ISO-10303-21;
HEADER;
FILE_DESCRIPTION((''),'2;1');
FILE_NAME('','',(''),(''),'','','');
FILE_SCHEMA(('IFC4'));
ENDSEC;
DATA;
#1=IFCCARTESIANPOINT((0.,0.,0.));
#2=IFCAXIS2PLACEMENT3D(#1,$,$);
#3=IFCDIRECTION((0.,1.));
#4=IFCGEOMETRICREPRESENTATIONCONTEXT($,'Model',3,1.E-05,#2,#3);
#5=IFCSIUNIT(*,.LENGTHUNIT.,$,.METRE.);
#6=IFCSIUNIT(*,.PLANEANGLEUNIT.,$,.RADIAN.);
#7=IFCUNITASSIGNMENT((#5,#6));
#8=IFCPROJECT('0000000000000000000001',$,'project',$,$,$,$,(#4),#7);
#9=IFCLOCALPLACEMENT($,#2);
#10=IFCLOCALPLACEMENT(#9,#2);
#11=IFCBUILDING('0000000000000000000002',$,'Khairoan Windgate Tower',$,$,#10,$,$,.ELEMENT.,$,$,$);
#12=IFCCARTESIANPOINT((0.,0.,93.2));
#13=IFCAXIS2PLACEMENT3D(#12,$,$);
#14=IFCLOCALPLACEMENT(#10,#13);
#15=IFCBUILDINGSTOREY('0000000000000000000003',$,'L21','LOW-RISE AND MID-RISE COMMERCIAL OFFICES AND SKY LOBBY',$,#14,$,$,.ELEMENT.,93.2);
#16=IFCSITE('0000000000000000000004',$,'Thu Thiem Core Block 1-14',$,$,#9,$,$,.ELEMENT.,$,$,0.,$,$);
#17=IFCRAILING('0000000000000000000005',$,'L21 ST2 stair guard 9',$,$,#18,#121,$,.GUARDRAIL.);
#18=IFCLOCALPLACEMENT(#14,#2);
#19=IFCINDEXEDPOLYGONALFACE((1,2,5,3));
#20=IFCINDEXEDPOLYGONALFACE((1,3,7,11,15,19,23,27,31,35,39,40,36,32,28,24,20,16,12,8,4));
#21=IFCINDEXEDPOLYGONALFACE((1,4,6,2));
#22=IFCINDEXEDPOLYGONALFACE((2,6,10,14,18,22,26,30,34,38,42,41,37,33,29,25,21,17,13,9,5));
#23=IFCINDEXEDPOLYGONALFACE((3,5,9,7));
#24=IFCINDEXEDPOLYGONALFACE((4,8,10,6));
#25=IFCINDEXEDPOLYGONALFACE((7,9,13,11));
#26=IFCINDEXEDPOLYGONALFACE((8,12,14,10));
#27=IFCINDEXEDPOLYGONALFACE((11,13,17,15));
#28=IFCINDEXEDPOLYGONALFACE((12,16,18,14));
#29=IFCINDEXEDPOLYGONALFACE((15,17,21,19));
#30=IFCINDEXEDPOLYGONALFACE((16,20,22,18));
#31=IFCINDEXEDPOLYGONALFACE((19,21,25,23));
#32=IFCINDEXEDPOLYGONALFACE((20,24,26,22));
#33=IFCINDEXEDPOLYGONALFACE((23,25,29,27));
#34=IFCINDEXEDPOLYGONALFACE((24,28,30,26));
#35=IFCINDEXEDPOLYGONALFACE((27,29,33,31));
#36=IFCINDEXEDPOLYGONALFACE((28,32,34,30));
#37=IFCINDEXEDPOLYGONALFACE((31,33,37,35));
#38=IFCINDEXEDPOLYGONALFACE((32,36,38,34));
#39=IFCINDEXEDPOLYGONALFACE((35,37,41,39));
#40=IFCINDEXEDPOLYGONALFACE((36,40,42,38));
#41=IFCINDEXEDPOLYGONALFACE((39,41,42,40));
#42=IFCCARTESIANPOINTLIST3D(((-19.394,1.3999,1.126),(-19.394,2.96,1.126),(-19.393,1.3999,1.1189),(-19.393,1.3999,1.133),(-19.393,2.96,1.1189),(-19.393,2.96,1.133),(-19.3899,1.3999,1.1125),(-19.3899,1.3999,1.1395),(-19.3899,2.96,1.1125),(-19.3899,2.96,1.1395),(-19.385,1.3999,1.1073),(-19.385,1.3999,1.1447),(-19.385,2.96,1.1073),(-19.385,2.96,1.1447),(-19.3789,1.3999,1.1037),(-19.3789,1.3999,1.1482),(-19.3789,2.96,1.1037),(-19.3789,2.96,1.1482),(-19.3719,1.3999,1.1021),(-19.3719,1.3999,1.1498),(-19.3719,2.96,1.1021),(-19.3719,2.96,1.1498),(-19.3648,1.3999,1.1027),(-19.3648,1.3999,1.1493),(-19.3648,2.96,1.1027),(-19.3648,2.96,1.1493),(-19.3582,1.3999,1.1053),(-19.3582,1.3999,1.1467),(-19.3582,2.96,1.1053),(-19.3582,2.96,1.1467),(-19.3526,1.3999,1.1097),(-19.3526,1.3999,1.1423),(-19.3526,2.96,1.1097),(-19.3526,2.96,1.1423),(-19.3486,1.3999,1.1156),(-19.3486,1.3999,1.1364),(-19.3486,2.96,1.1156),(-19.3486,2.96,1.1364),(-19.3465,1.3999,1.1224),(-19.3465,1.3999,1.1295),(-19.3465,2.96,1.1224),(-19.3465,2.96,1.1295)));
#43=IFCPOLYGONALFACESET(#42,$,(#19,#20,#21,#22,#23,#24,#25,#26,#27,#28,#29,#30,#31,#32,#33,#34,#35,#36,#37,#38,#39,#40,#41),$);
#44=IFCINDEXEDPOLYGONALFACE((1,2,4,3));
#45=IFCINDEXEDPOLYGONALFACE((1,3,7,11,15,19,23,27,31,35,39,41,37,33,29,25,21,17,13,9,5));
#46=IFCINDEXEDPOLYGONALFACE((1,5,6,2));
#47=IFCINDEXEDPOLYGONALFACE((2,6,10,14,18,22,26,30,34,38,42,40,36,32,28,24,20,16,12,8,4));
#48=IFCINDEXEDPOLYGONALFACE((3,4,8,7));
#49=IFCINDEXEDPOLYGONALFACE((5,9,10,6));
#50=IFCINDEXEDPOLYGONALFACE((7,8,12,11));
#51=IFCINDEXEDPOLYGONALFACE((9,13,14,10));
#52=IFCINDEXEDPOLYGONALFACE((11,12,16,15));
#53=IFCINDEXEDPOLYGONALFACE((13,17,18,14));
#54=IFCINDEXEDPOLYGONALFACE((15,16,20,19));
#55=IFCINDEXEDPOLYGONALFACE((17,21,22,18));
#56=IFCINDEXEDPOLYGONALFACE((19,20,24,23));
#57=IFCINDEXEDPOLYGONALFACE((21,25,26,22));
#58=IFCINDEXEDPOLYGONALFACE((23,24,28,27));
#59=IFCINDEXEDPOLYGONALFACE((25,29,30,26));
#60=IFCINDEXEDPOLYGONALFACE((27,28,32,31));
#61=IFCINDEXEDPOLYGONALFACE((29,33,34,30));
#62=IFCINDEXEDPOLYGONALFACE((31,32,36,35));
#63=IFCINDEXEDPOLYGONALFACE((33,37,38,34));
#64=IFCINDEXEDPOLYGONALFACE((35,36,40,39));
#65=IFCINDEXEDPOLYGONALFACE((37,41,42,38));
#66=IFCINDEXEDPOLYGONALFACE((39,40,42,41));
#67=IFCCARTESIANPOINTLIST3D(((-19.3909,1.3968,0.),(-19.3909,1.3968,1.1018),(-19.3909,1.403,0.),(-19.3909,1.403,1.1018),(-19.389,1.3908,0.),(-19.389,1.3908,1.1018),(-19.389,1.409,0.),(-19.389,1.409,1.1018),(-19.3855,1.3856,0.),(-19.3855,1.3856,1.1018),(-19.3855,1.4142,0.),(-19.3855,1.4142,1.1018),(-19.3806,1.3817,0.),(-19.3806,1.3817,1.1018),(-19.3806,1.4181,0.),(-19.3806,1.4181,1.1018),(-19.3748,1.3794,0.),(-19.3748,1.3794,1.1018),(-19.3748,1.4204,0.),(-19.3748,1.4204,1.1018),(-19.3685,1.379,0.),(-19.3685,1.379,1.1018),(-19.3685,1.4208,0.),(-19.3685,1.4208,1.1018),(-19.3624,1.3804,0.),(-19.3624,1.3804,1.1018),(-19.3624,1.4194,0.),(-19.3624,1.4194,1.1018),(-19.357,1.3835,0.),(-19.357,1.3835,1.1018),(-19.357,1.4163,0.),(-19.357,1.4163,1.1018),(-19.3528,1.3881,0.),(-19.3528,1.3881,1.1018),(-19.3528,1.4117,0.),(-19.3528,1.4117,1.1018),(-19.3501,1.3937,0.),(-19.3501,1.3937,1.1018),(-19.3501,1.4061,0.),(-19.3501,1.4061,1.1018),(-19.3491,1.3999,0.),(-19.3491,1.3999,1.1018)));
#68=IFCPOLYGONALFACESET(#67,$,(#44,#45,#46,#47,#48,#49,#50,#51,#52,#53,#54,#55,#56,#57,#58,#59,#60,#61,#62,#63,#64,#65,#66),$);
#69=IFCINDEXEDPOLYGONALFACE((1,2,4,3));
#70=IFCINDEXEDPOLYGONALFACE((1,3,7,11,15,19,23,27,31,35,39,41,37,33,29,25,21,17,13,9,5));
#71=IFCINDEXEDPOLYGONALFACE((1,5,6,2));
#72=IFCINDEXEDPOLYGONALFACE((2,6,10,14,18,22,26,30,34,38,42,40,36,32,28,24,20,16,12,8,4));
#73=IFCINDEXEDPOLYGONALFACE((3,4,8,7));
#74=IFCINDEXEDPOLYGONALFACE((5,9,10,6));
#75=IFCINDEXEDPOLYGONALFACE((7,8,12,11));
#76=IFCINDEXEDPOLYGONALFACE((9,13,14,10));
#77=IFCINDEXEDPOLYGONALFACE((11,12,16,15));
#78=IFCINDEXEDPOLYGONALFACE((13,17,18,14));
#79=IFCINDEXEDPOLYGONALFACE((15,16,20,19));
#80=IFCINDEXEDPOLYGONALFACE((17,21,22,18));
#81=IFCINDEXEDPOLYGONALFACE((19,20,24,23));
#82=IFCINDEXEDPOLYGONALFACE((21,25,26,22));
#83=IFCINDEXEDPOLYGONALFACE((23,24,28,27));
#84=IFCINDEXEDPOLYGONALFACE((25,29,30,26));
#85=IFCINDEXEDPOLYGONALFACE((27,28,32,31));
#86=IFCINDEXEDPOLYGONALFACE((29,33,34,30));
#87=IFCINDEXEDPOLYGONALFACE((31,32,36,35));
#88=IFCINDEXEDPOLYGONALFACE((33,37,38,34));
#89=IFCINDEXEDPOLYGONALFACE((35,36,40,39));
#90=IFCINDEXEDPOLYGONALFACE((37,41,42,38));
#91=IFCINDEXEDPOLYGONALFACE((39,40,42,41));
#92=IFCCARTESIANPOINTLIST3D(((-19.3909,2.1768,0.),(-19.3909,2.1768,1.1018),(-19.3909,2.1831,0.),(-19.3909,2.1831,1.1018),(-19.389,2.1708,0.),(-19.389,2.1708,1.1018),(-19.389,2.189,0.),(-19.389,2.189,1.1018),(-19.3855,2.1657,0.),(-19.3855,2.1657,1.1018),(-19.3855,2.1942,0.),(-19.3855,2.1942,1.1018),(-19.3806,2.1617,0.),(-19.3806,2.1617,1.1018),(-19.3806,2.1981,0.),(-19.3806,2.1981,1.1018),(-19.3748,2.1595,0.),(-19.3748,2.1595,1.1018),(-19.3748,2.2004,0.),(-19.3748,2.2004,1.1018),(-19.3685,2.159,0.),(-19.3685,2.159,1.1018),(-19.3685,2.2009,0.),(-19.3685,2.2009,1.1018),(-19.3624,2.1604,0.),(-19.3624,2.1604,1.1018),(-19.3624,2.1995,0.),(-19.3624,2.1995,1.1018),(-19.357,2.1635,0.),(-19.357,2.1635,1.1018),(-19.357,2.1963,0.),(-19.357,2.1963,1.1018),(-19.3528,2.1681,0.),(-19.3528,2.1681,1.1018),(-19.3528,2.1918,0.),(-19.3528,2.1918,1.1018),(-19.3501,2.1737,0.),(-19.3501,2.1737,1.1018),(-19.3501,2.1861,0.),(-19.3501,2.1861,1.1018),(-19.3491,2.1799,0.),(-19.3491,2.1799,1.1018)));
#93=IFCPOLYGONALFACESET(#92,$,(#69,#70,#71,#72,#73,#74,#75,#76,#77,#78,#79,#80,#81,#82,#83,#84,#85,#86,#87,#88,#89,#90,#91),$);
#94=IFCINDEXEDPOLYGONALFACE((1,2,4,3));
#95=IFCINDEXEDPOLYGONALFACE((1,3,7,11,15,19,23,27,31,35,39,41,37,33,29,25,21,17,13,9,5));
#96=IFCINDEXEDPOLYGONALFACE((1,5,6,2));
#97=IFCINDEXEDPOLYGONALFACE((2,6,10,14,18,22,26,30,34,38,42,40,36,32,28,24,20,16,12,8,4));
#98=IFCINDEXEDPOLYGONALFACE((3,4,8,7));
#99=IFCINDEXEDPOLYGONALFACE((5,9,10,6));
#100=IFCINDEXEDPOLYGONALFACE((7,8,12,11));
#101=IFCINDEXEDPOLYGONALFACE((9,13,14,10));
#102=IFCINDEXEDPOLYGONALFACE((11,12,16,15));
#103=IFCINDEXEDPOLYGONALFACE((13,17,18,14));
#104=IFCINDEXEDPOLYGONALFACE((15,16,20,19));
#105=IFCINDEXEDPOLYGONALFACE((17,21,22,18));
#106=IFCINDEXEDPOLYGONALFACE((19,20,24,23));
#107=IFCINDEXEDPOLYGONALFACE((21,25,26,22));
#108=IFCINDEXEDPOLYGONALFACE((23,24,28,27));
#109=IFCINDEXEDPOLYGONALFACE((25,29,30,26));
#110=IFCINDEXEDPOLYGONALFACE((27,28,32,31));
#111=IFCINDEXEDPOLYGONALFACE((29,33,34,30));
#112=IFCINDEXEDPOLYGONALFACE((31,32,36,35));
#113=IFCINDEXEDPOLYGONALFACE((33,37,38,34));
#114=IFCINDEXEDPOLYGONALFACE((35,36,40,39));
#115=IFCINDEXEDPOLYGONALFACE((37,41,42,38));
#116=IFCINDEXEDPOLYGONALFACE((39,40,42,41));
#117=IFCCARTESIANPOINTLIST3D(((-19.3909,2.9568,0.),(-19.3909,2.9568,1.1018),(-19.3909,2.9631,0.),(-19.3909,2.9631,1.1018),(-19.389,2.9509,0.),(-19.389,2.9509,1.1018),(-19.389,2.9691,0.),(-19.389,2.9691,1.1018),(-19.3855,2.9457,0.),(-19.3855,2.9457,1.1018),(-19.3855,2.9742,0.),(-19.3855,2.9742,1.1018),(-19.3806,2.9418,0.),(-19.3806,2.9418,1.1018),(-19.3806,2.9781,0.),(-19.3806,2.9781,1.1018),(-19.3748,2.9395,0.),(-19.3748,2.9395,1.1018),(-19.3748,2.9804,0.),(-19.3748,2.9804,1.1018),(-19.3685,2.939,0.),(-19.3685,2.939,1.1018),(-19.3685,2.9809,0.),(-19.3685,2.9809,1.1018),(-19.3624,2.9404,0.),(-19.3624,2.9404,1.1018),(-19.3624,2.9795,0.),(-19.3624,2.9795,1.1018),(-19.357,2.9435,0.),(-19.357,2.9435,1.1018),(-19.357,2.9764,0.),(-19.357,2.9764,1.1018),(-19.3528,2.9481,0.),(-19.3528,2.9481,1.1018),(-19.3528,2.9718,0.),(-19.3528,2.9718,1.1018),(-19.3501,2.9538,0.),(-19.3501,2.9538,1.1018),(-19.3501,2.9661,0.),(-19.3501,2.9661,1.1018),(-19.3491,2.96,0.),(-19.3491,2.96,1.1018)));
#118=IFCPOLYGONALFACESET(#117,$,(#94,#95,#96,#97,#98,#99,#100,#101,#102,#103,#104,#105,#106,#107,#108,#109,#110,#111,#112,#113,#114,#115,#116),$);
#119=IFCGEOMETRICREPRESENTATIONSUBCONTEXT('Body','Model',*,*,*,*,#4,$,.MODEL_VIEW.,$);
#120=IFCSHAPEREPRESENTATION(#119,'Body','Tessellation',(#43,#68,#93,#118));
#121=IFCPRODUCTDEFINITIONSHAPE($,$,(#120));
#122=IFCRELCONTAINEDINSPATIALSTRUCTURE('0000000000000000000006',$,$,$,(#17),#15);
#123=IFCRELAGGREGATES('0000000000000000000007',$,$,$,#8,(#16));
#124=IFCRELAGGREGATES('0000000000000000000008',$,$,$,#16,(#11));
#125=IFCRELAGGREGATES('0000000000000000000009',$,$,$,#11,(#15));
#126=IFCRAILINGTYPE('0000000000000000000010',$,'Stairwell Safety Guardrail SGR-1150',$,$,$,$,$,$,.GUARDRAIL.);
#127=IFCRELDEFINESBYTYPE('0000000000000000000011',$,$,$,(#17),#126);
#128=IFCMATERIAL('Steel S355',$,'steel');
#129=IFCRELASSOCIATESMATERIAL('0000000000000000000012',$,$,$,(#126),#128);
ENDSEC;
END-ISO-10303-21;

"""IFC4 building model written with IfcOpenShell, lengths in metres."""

from ifc_helpers import new_model, si_unit, direction, frame, origin, origin_2d, place, context, subcontext, project, spatial, circle, extrude, material, type_object, element, save


model = new_model("IFC4")

# Units and contexts
model_context = context("Model", 3, precision=1e-05, world=origin(), true_north=direction((0.0, 1.0)))
body_context = subcontext(model_context, "Body", "Model", "MODEL_VIEW")
ifc_project = project(units=[si_unit("LENGTHUNIT", "METRE"), si_unit("PLANEANGLEUNIT", "RADIAN")], contexts=[model_context])

# Site, building, storey
site_placement = place(None, origin())
site = spatial("IfcSite", under=ifc_project, at=site_placement, Name="Thu Thiem Core Block 1-14", CompositionType="ELEMENT", RefElevation=0.0)
building_placement = place(site_placement, origin())
building = spatial("IfcBuilding", under=site, at=building_placement, Name="Khairoan Windgate Tower", CompositionType="ELEMENT")
storey_placement = place(building_placement, frame((0.0, 0.0, 93.2)))
storey = spatial("IfcBuildingStorey", under=building, at=storey_placement, Name="L21", Description="LOW-RISE AND MID-RISE COMMERCIAL OFFICES AND SKY LOBBY", CompositionType="ELEMENT", Elevation=93.2)

# Railing
ifc_material_1 = material(Name="Steel S355", Category="steel")
railing_type_1 = type_object("IfcRailingType", Name="Stairwell Safety Guardrail SGR-1150", PredefinedType="GUARDRAIL", material=ifc_material_1)
for number, where, name in (
    (1, (-19.3701, 1.3999, 0.0), "L21 ST2 stair guard 9"),
):
    element("IfcRailing", number, at=place(storey_placement, frame(where)), inside=storey, type_object=railing_type_1, Name=name, PredefinedType="GUARDRAIL", context=body_context, shape_type="SweptSolid", body=[
        extrude(circle(Radius=0.0239, at=origin_2d()), frame((0.0, 0.0, 1.126), z_axis=(0.0, 1.0, 0.0), x_axis=(-1.0, 0.0, 0.0)), (0.0, 0.0, 1.0), 1.5601),
        extrude(circle(Radius=0.021, at=origin_2d()), origin(), (0.0, 0.0, 1.0), 1.1018),
        extrude(circle(Radius=0.021, at=origin_2d()), frame((0.0, 0.78, 0.0)), (0.0, 0.0, 1.0), 1.1018),
        extrude(circle(Radius=0.021, at=origin_2d()), frame((0.0, 1.5601, 0.0)), (0.0, 0.0, 1.0), 1.1018),
    ])

save(model, "model.ifc")
